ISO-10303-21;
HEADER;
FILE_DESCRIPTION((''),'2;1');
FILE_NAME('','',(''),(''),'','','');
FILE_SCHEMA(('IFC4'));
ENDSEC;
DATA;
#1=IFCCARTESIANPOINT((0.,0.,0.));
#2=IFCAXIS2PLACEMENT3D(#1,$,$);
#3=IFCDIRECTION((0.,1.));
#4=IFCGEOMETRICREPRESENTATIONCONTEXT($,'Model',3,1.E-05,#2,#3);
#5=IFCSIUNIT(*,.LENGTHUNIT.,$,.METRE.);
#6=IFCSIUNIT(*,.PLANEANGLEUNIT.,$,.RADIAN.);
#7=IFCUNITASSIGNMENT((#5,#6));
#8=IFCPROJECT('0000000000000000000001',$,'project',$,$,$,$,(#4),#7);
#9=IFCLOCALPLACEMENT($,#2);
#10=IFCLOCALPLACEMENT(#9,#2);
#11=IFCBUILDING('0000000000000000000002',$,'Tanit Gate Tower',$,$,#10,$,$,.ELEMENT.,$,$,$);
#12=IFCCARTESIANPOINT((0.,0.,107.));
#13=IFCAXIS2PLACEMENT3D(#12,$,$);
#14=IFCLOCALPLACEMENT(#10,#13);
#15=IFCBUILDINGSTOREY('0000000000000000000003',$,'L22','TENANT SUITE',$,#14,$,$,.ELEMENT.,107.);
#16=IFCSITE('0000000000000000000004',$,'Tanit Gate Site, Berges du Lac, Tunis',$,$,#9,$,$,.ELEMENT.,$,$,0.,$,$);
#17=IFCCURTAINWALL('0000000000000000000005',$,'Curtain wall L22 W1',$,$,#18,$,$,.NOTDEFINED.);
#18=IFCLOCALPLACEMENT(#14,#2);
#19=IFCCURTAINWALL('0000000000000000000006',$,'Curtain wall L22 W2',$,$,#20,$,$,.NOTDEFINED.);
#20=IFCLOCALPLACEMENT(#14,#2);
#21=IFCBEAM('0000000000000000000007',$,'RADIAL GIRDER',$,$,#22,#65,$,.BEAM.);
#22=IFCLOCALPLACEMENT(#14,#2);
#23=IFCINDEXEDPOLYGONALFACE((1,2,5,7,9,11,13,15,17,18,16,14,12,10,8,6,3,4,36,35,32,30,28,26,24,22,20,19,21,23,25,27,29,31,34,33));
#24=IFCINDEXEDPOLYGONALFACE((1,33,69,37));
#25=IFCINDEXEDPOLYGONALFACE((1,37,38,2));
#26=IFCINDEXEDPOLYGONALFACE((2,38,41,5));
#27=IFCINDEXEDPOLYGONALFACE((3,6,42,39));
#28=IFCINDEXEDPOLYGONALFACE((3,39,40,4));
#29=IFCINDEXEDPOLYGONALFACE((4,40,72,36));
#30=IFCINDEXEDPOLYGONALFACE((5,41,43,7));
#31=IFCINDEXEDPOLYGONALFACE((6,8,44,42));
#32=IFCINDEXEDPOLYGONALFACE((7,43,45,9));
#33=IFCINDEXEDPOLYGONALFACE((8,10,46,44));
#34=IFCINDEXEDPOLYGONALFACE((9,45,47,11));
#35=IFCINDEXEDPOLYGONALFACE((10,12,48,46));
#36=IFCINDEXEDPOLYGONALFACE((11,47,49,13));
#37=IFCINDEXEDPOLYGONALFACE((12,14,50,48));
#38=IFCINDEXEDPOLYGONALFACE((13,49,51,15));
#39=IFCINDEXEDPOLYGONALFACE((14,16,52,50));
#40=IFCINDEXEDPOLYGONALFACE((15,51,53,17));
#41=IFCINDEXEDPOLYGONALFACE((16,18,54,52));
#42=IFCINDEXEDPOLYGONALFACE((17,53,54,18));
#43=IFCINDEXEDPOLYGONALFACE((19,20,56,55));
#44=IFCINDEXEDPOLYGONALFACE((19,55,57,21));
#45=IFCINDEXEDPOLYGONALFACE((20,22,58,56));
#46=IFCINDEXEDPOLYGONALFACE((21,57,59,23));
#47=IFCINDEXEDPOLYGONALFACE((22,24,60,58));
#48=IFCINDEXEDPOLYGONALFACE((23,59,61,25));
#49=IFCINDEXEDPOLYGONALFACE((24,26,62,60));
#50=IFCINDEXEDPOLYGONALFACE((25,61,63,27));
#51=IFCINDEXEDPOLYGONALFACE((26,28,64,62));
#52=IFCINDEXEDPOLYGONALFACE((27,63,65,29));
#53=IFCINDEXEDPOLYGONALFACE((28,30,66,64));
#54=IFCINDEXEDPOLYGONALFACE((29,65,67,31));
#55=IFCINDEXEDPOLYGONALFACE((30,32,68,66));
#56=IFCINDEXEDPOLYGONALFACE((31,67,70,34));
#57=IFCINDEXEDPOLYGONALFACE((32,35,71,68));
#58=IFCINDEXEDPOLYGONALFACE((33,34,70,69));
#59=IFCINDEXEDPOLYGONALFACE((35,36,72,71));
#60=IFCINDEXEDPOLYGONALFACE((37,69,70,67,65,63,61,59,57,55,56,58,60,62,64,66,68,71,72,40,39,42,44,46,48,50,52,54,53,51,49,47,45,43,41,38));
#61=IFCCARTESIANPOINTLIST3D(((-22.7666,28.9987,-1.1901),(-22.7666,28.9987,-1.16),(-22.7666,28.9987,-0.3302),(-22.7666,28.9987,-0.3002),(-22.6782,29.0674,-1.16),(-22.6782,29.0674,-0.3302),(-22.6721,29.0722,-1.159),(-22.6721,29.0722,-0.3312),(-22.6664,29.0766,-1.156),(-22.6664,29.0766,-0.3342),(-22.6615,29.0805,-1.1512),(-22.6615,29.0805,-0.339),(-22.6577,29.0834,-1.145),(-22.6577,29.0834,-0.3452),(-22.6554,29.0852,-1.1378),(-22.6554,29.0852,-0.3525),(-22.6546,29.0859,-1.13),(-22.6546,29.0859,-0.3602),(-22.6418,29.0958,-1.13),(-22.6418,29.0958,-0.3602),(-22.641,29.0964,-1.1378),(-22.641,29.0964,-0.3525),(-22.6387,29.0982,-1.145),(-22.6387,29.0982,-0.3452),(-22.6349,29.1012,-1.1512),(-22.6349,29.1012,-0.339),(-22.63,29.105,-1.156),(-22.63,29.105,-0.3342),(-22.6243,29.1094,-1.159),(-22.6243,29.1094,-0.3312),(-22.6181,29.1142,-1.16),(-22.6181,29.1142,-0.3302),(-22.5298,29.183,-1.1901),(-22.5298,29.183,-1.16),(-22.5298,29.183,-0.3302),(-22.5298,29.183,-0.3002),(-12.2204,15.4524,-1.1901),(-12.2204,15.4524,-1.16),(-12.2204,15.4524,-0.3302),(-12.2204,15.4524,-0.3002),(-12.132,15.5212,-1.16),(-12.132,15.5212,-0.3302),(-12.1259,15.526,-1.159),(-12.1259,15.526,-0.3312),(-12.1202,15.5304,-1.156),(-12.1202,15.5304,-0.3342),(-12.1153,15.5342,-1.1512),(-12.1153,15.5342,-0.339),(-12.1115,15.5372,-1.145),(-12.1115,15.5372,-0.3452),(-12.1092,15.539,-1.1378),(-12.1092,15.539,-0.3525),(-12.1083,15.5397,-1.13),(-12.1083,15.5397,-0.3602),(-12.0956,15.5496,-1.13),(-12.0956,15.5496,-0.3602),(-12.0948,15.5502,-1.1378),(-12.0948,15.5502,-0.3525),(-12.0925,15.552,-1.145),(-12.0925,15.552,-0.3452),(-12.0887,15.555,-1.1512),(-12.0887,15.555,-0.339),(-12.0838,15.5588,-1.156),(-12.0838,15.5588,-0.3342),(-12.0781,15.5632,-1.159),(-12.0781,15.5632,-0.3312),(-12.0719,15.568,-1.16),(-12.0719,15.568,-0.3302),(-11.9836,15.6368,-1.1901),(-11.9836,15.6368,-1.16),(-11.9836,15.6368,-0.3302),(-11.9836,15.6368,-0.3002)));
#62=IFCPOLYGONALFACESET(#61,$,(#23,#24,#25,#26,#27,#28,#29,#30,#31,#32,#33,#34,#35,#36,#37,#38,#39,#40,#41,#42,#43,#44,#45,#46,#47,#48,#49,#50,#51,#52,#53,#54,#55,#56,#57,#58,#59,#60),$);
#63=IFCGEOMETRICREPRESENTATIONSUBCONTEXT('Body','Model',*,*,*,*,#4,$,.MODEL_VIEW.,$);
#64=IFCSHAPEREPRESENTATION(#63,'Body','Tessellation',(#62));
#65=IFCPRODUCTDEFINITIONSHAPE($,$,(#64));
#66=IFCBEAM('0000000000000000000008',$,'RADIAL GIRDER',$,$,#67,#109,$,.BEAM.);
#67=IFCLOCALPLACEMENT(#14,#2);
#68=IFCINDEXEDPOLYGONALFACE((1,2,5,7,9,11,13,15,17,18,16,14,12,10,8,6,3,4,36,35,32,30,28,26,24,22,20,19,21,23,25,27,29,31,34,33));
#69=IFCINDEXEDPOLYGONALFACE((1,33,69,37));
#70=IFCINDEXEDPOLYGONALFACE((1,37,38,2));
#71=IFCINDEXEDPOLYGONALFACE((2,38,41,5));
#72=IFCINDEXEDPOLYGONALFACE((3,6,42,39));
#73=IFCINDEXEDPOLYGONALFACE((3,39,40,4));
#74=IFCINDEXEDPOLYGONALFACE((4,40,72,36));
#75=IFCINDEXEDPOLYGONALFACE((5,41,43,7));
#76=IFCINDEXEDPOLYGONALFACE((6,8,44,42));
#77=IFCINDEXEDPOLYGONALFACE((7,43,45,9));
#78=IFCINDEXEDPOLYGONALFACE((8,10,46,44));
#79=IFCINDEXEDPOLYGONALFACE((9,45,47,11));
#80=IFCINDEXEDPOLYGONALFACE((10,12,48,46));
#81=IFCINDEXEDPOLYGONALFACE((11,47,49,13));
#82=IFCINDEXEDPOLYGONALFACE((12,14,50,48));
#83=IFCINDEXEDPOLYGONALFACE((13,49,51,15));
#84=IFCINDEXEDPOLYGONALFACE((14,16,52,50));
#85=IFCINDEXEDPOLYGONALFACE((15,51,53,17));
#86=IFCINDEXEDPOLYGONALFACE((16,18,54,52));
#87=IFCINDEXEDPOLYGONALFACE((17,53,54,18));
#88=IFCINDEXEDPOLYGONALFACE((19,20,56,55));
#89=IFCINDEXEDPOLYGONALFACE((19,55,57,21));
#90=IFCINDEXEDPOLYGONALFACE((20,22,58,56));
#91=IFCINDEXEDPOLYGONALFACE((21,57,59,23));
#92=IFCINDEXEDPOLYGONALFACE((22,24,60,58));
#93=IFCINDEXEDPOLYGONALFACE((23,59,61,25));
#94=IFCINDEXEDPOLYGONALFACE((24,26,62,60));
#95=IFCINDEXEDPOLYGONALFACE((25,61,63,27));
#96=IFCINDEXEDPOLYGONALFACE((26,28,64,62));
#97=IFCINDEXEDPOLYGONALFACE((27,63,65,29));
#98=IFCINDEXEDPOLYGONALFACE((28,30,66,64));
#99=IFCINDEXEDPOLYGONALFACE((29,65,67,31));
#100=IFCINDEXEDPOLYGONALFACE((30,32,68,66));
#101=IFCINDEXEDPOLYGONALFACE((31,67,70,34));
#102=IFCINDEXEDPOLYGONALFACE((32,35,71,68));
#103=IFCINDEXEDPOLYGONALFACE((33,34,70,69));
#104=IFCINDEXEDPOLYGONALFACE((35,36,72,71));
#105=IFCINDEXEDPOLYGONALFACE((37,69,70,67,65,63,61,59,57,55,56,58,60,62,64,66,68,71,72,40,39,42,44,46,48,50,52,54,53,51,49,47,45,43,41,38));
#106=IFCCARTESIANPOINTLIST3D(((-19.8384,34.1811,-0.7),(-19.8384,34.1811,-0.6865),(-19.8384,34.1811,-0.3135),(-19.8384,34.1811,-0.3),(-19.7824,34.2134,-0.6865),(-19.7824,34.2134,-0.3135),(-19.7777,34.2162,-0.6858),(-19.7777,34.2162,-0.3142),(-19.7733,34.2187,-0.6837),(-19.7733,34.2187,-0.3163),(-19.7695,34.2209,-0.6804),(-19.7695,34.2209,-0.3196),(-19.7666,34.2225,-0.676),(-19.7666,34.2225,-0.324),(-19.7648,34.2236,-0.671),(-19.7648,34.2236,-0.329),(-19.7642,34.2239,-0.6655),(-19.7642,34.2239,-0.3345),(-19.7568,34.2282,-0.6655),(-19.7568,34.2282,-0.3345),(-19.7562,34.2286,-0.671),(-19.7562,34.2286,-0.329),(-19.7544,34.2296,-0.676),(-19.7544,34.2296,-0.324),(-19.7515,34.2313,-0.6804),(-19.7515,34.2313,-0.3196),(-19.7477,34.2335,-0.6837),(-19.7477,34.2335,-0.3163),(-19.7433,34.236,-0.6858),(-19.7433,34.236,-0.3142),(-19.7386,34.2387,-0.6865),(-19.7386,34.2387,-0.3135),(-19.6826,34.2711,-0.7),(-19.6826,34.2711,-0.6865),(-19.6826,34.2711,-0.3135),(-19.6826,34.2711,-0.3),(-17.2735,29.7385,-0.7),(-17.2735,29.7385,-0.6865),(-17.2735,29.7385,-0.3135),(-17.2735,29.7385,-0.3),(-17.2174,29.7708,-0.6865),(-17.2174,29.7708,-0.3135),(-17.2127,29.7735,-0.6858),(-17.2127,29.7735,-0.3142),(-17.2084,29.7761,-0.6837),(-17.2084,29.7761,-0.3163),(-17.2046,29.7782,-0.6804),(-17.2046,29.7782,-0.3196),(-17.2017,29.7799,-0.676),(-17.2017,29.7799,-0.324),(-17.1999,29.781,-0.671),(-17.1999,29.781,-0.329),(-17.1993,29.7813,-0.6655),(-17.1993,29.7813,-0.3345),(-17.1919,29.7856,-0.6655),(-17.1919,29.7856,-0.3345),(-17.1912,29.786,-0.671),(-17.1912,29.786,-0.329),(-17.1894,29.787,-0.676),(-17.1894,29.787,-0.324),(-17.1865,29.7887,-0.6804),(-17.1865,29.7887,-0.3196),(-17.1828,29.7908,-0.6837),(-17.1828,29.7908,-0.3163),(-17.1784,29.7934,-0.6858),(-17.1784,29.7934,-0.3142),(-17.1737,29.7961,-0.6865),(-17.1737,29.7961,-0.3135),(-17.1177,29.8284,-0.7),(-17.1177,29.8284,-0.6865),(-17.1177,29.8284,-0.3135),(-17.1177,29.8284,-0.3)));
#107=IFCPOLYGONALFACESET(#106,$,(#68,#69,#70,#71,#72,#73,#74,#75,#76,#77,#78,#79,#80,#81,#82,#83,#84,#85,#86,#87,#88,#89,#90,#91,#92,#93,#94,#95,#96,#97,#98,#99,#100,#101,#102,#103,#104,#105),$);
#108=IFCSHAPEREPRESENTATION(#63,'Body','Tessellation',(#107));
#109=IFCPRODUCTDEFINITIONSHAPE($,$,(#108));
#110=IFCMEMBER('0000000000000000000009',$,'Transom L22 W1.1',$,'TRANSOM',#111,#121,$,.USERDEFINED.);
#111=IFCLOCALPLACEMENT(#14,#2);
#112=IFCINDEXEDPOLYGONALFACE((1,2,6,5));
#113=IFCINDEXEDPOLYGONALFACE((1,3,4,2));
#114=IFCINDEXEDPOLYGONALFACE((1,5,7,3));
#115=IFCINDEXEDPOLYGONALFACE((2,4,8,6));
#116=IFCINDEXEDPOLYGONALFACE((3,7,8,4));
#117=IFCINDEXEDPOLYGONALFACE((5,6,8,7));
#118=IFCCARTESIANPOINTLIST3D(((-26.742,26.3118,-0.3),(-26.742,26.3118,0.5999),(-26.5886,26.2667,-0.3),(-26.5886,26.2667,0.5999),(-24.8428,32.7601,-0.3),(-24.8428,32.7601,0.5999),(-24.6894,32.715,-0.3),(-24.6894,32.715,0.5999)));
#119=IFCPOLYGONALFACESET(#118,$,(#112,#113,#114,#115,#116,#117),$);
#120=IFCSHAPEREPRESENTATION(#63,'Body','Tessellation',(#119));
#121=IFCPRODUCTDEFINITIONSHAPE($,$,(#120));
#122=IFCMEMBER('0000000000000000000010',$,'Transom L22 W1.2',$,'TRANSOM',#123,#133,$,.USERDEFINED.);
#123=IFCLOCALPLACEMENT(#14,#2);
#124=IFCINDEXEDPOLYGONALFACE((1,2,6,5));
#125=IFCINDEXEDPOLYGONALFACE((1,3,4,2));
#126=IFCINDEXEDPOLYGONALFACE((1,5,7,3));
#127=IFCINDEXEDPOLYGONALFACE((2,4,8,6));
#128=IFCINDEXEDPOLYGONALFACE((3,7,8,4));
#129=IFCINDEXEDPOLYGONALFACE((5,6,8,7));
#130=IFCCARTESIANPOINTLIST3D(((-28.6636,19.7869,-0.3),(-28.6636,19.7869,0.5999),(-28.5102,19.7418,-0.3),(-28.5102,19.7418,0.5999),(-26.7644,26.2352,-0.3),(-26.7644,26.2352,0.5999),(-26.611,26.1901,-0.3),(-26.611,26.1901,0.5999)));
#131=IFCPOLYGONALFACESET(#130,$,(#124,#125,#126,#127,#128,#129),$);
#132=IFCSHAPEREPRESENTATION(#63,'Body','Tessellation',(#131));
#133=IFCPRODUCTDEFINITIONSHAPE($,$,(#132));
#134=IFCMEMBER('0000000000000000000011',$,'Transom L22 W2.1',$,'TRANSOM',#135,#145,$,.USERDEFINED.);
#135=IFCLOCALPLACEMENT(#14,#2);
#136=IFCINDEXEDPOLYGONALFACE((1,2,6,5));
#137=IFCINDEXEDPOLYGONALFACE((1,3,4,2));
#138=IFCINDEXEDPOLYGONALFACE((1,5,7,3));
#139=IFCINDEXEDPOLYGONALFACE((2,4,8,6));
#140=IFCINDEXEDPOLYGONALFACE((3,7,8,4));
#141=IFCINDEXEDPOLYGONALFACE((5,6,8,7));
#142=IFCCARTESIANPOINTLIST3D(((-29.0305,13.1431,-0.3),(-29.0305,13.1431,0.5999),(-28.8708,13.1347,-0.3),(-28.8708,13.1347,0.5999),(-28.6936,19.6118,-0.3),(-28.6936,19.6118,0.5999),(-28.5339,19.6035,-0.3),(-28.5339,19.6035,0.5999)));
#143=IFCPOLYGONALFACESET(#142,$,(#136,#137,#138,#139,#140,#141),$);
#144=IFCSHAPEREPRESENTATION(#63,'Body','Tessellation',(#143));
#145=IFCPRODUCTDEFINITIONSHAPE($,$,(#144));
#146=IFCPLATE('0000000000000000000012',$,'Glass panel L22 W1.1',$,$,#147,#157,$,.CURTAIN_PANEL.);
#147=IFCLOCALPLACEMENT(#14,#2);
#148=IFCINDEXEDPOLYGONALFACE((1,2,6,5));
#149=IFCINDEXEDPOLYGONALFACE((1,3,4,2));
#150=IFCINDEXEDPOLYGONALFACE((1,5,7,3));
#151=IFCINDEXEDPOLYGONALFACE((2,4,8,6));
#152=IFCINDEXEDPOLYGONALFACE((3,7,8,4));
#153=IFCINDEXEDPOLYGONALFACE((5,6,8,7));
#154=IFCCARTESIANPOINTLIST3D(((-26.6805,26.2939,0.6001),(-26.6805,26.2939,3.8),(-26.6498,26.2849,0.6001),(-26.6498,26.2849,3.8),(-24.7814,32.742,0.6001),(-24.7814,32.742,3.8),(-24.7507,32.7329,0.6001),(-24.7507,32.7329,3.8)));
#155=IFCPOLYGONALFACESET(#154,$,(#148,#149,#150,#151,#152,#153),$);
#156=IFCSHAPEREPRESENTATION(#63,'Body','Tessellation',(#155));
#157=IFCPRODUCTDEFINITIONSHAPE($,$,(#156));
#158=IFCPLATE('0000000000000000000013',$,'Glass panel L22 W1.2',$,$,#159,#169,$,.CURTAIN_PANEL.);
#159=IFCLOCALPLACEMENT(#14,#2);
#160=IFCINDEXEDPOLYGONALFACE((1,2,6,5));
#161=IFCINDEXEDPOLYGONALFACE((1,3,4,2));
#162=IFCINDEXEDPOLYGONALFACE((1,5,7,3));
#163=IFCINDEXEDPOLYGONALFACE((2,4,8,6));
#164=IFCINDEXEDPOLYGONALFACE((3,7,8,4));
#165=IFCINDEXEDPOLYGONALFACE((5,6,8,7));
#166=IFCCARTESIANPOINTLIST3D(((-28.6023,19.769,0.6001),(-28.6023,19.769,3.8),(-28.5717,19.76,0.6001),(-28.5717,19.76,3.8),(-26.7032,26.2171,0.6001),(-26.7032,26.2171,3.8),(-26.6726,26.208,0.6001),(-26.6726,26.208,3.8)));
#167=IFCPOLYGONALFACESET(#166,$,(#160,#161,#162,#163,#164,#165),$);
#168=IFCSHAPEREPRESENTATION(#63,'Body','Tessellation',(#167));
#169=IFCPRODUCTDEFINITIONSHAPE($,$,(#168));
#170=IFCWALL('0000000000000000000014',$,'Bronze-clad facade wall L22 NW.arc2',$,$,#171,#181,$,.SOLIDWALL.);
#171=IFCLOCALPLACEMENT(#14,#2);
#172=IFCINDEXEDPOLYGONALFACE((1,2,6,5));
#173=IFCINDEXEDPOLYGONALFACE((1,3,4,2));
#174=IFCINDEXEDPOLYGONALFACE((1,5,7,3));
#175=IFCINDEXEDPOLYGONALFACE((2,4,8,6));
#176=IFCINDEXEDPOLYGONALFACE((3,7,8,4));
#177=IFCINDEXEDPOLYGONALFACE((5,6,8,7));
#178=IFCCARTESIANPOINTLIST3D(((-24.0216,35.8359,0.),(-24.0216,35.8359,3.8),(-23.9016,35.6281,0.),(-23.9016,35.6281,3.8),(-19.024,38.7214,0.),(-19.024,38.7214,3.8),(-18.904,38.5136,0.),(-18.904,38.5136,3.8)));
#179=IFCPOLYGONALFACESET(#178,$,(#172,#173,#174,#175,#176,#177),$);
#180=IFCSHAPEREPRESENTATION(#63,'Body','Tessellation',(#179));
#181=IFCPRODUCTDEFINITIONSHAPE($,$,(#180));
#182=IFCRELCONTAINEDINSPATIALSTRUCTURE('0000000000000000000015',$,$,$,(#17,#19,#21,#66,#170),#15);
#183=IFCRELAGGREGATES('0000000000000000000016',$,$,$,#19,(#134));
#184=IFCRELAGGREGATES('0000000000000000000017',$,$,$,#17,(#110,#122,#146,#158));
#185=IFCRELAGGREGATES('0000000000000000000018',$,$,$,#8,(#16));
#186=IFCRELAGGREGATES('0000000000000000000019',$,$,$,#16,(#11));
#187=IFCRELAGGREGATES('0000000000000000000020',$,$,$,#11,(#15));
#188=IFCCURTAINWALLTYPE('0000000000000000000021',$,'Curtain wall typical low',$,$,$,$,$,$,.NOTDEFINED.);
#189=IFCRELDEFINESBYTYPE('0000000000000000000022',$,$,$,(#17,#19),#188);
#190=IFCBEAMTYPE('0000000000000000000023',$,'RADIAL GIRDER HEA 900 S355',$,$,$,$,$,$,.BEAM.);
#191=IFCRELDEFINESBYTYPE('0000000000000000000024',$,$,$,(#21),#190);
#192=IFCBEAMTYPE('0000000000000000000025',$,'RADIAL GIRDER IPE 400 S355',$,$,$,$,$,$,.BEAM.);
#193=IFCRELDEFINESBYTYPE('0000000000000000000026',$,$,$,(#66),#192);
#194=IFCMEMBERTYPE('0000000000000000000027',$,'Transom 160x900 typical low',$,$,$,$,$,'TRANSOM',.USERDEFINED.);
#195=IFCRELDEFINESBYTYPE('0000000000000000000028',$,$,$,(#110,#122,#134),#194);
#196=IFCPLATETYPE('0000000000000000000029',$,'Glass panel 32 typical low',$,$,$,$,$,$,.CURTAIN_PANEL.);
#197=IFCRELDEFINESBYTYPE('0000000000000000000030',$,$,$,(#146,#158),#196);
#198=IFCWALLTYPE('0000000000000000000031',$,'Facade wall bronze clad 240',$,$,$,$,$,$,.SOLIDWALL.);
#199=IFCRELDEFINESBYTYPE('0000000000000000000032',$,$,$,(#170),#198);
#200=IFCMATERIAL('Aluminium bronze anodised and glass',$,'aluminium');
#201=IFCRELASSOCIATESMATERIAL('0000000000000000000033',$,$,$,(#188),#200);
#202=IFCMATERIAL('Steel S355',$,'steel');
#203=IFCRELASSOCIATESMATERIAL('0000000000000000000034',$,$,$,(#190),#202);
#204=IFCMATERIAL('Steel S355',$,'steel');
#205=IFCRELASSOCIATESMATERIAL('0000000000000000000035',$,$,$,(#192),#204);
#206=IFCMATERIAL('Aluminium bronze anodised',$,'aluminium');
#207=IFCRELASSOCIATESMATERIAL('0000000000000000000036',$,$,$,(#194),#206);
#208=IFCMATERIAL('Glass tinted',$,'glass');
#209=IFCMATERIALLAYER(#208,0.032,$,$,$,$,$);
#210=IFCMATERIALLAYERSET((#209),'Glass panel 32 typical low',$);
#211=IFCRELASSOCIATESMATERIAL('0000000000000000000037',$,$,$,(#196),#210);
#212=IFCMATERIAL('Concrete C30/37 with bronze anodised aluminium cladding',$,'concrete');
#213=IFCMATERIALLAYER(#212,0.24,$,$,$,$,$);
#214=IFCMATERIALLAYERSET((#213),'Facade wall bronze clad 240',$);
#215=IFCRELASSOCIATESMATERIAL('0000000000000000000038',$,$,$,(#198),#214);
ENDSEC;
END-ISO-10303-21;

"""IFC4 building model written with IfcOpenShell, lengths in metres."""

from ifc_helpers import new_model, si_unit, direction, frame, frame_2d, origin, origin_2d, place, context, subcontext, project, spatial, rectangle, i_section, extrude, material, layer, layer_set, material_profile, profile_set, type_object, element, aggregate, save


model = new_model("IFC4")

# Units and contexts
model_context = context("Model", 3, precision=1e-05, world=origin(), true_north=direction((0.0, 1.0)))
body_context = subcontext(model_context, "Body", "Model", "MODEL_VIEW")
ifc_project = project(units=[si_unit("LENGTHUNIT", "METRE"), si_unit("PLANEANGLEUNIT", "RADIAN")], contexts=[model_context])

# Site, building, storey
site_placement = place(None, origin())
site = spatial("IfcSite", under=ifc_project, at=site_placement, Name="Tanit Gate Site, Berges du Lac, Tunis", CompositionType="ELEMENT", RefElevation=0.0)
building_placement = place(site_placement, origin())
building = spatial("IfcBuilding", under=site, at=building_placement, Name="Tanit Gate Tower", CompositionType="ELEMENT")
storey_placement = place(building_placement, frame((0.0, 0.0, 107.0)))
storey = spatial("IfcBuildingStorey", under=building, at=storey_placement, Name="L22", Description="TENANT SUITE", CompositionType="ELEMENT", Elevation=107.0)

# Curtain walls
ifc_material_1 = material(Name="Aluminium bronze anodised and glass", Category="aluminium")
curtain_wall_type = type_object("IfcCurtainWallType", Name="Curtain wall typical low", PredefinedType="NOTDEFINED", material=ifc_material_1)
curtain_wall_1_placement = place(storey_placement, origin())
curtain_wall_1 = element("IfcCurtainWall", 1, at=curtain_wall_1_placement, inside=storey, type_object=curtain_wall_type, Name="Curtain wall L22 W1", PredefinedType="NOTDEFINED")
curtain_wall_2_placement = place(storey_placement, origin())
curtain_wall_2 = element("IfcCurtainWall", 2, at=curtain_wall_2_placement, inside=storey, type_object=curtain_wall_type, Name="Curtain wall L22 W2", PredefinedType="NOTDEFINED")

# Beams
ifc_material_2 = material(Name="Steel S355", Category="steel")
ifc_material_profile_1 = material_profile(ifc_material_2, i_section(OverallWidth=0.3, OverallDepth=0.8899, WebThickness=0.0161, FlangeThickness=0.03, FilletRadius=0.03, at=origin_2d()), Name="HEA 900")
ifc_profile_set_1 = profile_set([ifc_material_profile_1], Name="Steel S355")
beam_type_1 = type_object("IfcBeamType", Name="RADIAL GIRDER HEA 900 S355", PredefinedType="BEAM", material=ifc_profile_set_1)
beam_1_placement = place(storey_placement, frame((-22.6482, 29.0908, -0.7451), z_axis=(0.614313, -0.789063, 0.0), x_axis=(0.789063, 0.614313, 0.0)))
element("IfcBeam", 3, at=beam_1_placement, inside=storey, type_object=beam_type_1, Name="RADIAL GIRDER", PredefinedType="BEAM", context=body_context, shape_type="SweptSolid", body=[
    extrude(i_section(OverallWidth=0.3, OverallDepth=0.8899, WebThickness=0.0161, FlangeThickness=0.03, FilletRadius=0.03, at=origin_2d()), origin(), (0.0, 0.0, 1.0), 17.1675),
])
ifc_material_3 = material(Name="Steel S355", Category="steel")
ifc_material_profile_2 = material_profile(ifc_material_3, i_section(OverallWidth=0.1799, OverallDepth=0.3999, WebThickness=0.0085, FlangeThickness=0.0134, FilletRadius=0.021, at=origin_2d()), Name="IPE 400")
ifc_profile_set_2 = profile_set([ifc_material_profile_2], Name="Steel S355")
beam_type_2 = type_object("IfcBeamType", Name="RADIAL GIRDER IPE 400 S355", PredefinedType="BEAM", material=ifc_profile_set_2)
beam_2_placement = place(storey_placement, frame((-19.7605, 34.2261, -0.5), z_axis=(0.499998, -0.866026, 0.0), x_axis=(0.866026, 0.499998, 0.0)))
element("IfcBeam", 4, at=beam_2_placement, inside=storey, type_object=beam_type_2, Name="RADIAL GIRDER", PredefinedType="BEAM", context=body_context, shape_type="SweptSolid", body=[
    extrude(i_section(OverallWidth=0.1799, OverallDepth=0.3999, WebThickness=0.0085, FlangeThickness=0.0134, FilletRadius=0.021, at=origin_2d()), origin(), (0.0, 0.0, 1.0), 5.1299),
])

# Members
ifc_material_4 = material(Name="Aluminium bronze anodised", Category="aluminium")
ifc_material_profile_3 = material_profile(ifc_material_4, rectangle(XDim=0.1599, YDim=0.8999, at=origin_2d()), Name="160x900 bronze transom")
ifc_profile_set_3 = profile_set([ifc_material_profile_3], Name="Aluminium bronze anodised")
member_type_1 = type_object("IfcMemberType", Name="Transom 160x900 typical low", ElementType="TRANSOM", PredefinedType="USERDEFINED", material=ifc_profile_set_3)
member_1_placement = place(storey_placement, frame((-24.7661, 32.7375, 0.1499), z_axis=(-0.282526, -0.95926, 0.0), x_axis=(0.95926, -0.282526, 0.0)))
member_1 = element("IfcMember", 5, at=member_1_placement, type_object=member_type_1, Name="Transom L22 W1.1", ObjectType="TRANSOM", PredefinedType="USERDEFINED", context=body_context, shape_type="SweptSolid", body=[
    extrude(rectangle(XDim=0.1599, YDim=0.8999, at=origin_2d()), origin(), (0.0, 0.0, 1.0), 6.7222),
])
member_2_placement = place(storey_placement, frame((-26.6877, 26.2126, 0.1499), z_axis=(-0.282526, -0.95926, 0.0), x_axis=(0.95926, -0.282526, 0.0)))
member_2 = element("IfcMember", 6, at=member_2_placement, type_object=member_type_1, Name="Transom L22 W1.2", ObjectType="TRANSOM", PredefinedType="USERDEFINED", context=body_context, shape_type="SweptSolid", body=[
    extrude(rectangle(XDim=0.1599, YDim=0.8999, at=origin_2d()), origin(), (0.0, 0.0, 1.0), 6.7222),
])
member_3_placement = place(storey_placement, frame((-28.6138, 19.6077, 0.1499), z_axis=(-0.052013, -0.998646, 0.0), x_axis=(0.998646, -0.052013, 0.0)))
member_3 = element("IfcMember", 7, at=member_3_placement, type_object=member_type_1, Name="Transom L22 W2.1", ObjectType="TRANSOM", PredefinedType="USERDEFINED", context=body_context, shape_type="SweptSolid", body=[
    extrude(rectangle(XDim=0.1599, YDim=0.8999, at=origin_2d()), origin(), (0.0, 0.0, 1.0), 6.4775),
])
aggregate(curtain_wall_2, [member_3])

# Plates
ifc_material_5 = material(Name="Glass tinted", Category="glass")
ifc_layer_1 = layer(ifc_material_5, 0.032)
ifc_layer_set_1 = layer_set([ifc_layer_1], Name="Glass panel 32 typical low")
plate_type = type_object("IfcPlateType", Name="Glass panel 32 typical low", PredefinedType="CURTAIN_PANEL", material=ifc_layer_set_1)
plate_1_placement = place(storey_placement, frame((-25.7156, 29.5134, 0.6001), z_axis=(0.0, 0.0, 1.0), x_axis=(-0.282525, -0.95926, 0.0)))
plate_1 = element("IfcPlate", 8, at=plate_1_placement, type_object=plate_type, Name="Glass panel L22 W1.1", PredefinedType="CURTAIN_PANEL", context=body_context, shape_type="SweptSolid", body=[
    extrude(rectangle(XDim=6.7219, YDim=0.032, at=origin_2d()), origin(), (0.0, 0.0, 1.0), 3.2),
])
plate_2_placement = place(storey_placement, frame((-27.6375, 22.9885, 0.6001), z_axis=(0.0, 0.0, 1.0), x_axis=(-0.282525, -0.95926, 0.0)))
plate_2 = element("IfcPlate", 9, at=plate_2_placement, type_object=plate_type, Name="Glass panel L22 W1.2", PredefinedType="CURTAIN_PANEL", context=body_context, shape_type="SweptSolid", body=[
    extrude(rectangle(XDim=6.7219, YDim=0.032, at=origin_2d()), origin(), (0.0, 0.0, 1.0), 3.2),
])
aggregate(curtain_wall_1, [member_1, member_2, plate_1, plate_2])

# Wall
ifc_material_6 = material(Name="Concrete C30/37 with bronze anodised aluminium cladding", Category="concrete")
ifc_layer_2 = layer(ifc_material_6, 0.24)
ifc_layer_set_2 = layer_set([ifc_layer_2], Name="Facade wall bronze clad 240")
wall_type_1 = type_object("IfcWallType", Name="Facade wall bronze clad 240", PredefinedType="SOLIDWALL", material=ifc_layer_set_2)
wall_1_placement = place(storey_placement, frame((-18.9641, 38.6174, 0.0), z_axis=(0.0, 0.0, 1.0), x_axis=(-0.866014, -0.50002, 0.0)))
element("IfcWall", 10, at=wall_1_placement, inside=storey, type_object=wall_type_1, Name="Bronze-clad facade wall L22 NW.arc2", PredefinedType="SOLIDWALL", context=body_context, shape_type="SweptSolid", body=[
    extrude(rectangle(XDim=5.7708, YDim=0.24, at=frame_2d((2.8853, 0.0))), origin(), (0.0, 0.0, 1.0), 3.8),
])

save(model, "model.ifc")
